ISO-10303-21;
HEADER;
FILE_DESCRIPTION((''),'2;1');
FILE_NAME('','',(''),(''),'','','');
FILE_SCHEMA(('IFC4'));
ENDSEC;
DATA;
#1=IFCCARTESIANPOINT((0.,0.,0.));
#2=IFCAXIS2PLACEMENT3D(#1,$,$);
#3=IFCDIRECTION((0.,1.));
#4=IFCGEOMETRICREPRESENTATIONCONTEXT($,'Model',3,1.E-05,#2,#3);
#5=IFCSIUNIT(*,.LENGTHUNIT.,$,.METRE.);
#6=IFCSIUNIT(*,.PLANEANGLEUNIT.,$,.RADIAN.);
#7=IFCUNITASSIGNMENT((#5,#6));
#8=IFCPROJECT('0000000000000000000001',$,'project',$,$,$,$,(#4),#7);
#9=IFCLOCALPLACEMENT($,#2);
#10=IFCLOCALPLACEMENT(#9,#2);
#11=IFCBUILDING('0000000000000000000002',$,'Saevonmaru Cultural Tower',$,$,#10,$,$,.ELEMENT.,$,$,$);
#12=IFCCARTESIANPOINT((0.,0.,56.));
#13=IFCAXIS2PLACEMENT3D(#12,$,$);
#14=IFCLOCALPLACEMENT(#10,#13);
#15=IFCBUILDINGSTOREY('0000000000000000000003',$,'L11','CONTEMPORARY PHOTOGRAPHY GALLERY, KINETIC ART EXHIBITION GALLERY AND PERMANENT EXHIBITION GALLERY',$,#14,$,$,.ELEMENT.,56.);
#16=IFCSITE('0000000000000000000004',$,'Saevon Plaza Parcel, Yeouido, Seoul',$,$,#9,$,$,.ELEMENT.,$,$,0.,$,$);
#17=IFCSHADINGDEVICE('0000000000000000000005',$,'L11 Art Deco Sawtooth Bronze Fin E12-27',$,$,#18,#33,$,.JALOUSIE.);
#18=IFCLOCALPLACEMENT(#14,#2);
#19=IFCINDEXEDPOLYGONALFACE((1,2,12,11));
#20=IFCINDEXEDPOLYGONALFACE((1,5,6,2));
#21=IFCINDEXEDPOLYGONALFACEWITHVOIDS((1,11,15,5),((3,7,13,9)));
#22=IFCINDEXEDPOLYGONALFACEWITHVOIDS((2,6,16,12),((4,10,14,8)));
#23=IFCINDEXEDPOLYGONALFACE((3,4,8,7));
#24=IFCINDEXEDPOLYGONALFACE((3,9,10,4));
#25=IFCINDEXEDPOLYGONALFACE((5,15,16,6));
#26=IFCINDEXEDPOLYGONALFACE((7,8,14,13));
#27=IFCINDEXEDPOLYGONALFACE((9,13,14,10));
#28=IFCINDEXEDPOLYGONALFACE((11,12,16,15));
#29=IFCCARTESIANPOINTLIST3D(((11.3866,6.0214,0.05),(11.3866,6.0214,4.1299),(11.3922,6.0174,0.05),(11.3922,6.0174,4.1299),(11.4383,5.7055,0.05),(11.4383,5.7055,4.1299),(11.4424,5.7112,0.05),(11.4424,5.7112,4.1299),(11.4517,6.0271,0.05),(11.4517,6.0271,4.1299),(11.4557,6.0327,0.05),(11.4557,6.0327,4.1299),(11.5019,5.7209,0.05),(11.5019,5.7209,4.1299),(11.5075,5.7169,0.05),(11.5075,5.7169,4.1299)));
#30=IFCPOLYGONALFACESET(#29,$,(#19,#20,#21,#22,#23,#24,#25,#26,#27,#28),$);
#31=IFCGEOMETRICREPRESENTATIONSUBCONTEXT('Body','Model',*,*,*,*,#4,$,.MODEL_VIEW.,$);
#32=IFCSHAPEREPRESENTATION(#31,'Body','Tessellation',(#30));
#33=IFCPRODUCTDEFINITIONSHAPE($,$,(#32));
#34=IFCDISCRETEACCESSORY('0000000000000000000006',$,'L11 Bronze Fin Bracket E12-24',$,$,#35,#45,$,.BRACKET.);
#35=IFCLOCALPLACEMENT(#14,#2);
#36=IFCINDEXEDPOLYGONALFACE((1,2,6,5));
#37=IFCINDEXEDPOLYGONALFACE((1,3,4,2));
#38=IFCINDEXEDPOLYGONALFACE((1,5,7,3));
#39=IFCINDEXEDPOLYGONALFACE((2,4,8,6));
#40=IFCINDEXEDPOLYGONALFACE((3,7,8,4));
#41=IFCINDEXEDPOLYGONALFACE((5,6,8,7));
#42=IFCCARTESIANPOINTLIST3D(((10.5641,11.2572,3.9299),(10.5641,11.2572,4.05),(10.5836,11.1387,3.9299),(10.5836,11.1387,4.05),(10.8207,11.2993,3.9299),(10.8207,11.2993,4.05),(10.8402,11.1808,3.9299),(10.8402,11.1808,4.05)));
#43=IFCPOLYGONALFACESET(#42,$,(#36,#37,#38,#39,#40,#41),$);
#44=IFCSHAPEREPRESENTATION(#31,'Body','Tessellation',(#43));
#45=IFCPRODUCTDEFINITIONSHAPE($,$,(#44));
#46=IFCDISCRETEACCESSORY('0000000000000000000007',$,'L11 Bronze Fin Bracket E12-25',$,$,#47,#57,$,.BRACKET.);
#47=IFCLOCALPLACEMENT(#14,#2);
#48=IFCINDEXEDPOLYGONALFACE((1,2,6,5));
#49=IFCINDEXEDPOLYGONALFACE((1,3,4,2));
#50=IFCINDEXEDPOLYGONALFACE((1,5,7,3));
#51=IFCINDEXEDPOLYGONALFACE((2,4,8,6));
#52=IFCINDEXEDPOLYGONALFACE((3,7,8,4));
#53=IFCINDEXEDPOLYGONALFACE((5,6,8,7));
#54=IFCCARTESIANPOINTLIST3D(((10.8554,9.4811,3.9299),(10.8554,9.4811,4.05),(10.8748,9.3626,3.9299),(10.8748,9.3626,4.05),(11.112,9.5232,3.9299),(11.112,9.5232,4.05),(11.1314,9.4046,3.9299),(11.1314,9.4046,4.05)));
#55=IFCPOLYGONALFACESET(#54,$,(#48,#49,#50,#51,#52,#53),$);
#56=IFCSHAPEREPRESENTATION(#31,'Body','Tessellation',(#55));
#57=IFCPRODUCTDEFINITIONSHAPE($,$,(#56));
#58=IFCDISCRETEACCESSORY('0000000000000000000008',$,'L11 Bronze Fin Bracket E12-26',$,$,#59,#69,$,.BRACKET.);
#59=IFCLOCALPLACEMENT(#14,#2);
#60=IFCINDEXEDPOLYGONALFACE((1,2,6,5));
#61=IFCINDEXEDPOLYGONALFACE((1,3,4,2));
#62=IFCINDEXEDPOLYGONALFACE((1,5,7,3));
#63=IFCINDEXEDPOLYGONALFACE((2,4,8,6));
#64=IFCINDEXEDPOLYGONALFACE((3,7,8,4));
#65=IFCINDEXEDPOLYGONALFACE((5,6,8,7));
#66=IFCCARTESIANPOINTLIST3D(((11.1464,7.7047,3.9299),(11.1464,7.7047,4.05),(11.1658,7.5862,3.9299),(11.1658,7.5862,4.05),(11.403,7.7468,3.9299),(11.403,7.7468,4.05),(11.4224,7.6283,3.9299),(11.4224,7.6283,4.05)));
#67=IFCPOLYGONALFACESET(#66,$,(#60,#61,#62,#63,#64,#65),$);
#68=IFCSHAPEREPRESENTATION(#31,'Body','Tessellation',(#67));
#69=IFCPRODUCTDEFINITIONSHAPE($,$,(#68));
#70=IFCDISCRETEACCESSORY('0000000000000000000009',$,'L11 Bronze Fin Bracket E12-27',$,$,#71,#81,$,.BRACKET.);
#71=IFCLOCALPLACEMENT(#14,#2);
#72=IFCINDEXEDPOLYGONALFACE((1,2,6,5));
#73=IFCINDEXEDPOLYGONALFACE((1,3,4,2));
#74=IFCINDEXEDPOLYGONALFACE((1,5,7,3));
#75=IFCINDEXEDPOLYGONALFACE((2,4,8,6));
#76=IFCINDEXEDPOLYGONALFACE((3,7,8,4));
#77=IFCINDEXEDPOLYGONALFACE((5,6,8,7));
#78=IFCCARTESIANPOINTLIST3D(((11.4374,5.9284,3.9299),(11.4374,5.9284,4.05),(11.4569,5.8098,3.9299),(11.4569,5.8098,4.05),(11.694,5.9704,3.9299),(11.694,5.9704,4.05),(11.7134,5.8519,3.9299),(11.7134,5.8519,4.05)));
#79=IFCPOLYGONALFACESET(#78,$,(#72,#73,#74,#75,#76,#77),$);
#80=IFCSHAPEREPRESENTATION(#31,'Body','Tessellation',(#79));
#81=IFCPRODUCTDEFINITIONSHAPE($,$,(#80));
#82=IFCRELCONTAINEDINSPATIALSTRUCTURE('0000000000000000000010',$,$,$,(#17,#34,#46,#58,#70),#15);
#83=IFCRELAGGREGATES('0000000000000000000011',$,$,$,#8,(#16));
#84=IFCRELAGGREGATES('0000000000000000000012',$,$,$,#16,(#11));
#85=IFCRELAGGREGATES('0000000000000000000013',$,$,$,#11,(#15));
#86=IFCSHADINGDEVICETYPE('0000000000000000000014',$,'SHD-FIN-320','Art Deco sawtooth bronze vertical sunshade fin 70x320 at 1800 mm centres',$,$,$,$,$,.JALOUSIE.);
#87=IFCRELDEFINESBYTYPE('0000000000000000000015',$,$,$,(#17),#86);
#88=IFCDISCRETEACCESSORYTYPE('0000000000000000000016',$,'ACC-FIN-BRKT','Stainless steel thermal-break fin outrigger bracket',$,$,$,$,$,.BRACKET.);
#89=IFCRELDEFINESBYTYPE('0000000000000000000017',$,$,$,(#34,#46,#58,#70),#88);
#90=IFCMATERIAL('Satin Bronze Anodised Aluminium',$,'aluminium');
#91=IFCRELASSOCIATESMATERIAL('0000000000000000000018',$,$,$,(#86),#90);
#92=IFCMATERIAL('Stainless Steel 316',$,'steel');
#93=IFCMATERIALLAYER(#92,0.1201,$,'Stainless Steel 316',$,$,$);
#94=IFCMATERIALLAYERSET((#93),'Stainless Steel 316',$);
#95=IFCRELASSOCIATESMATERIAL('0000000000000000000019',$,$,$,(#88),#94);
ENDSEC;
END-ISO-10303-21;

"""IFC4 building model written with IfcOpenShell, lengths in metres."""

from ifc_helpers import new_model, si_unit, direction, frame, origin, origin_2d, place, context, subcontext, project, spatial, rectangle, hollow_rectangle, extrude, material, layer, layer_set, material_profile, profile_set, type_object, element, save


model = new_model("IFC4")

# Units and contexts
model_context = context("Model", 3, precision=1e-05, world=origin(), true_north=direction((0.0, 1.0)))
body_context = subcontext(model_context, "Body", "Model", "MODEL_VIEW")
ifc_project = project(units=[si_unit("LENGTHUNIT", "METRE"), si_unit("PLANEANGLEUNIT", "RADIAN")], contexts=[model_context])

# Site, building, storey
site_placement = place(None, origin())
site = spatial("IfcSite", under=ifc_project, at=site_placement, Name="Saevon Plaza Parcel, Yeouido, Seoul", CompositionType="ELEMENT", RefElevation=0.0)
building_placement = place(site_placement, origin())
building = spatial("IfcBuilding", under=site, at=building_placement, Name="Saevonmaru Cultural Tower", CompositionType="ELEMENT")
storey_placement = place(building_placement, frame((0.0, 0.0, 56.0)))
storey = spatial("IfcBuildingStorey", under=building, at=storey_placement, Name="L11", Description="CONTEMPORARY PHOTOGRAPHY GALLERY, KINETIC ART EXHIBITION GALLERY AND PERMANENT EXHIBITION GALLERY", CompositionType="ELEMENT", Elevation=56.0)

# Shared definitions
ifc_material_1 = material(Name="Satin Bronze Anodised Aluminium", Category="aluminium")

# Shading device
ifc_material_profile_1 = material_profile(ifc_material_1, hollow_rectangle(XDim=0.0701, YDim=0.3201, WallThickness=0.0049, at=origin_2d()), Name="FIN-320x70")
ifc_profile_set_1 = profile_set([ifc_material_profile_1], Name="Satin Bronze Anodised Aluminium")
shading_device_type = type_object("IfcShadingDeviceType", Name="SHD-FIN-320", Description="Art Deco sawtooth bronze vertical sunshade fin 70x320 at 1800 mm centres", PredefinedType="JALOUSIE", material=ifc_profile_set_1)
for number, where, z_axis, x_axis, name in (
    (1, (11.447, 5.8691, 0.05), (0.0, 0.0, 1.0), (-0.986827, -0.161776, 0.0), "L11 Art Deco Sawtooth Bronze Fin E12-27"),
):
    element("IfcShadingDevice", number, at=place(storey_placement, frame(where, z_axis=z_axis, x_axis=x_axis)), inside=storey, type_object=shading_device_type, Name=name, PredefinedType="JALOUSIE", context=body_context, shape_type="SweptSolid", body=[
        extrude(hollow_rectangle(XDim=0.0701, YDim=0.3201, WallThickness=0.0049, at=origin_2d()), origin(), (0.0, 0.0, 1.0), 4.0798),
    ])

# Discrete accessories
ifc_material_2 = material(Name="Stainless Steel 316", Category="steel")
ifc_layer_1 = layer(ifc_material_2, 0.1201, Name="Stainless Steel 316")
ifc_layer_set_1 = layer_set([ifc_layer_1], Name="Stainless Steel 316")
discrete_accessory_type = type_object("IfcDiscreteAccessoryType", Name="ACC-FIN-BRKT", Description="Stainless steel thermal-break fin outrigger bracket", PredefinedType="BRACKET", material=ifc_layer_set_1)
for number, where, z_axis, x_axis, name in (
    (2, (10.7021, 11.219, 3.9299), (0.0, 0.0, 1.0), (-0.986827, -0.161776, 0.0), "L11 Bronze Fin Bracket E12-24"),
    (3, (10.9934, 9.4429, 3.9299), (0.0, 0.0, 1.0), (-0.986827, -0.161776, 0.0), "L11 Bronze Fin Bracket E12-25"),
    (4, (11.2844, 7.6665, 3.9299), (0.0, 0.0, 1.0), (-0.986827, -0.161776, 0.0), "L11 Bronze Fin Bracket E12-26"),
    (5, (11.5754, 5.8901, 3.9299), (0.0, 0.0, 1.0), (-0.986827, -0.161776, 0.0), "L11 Bronze Fin Bracket E12-27"),
):
    element("IfcDiscreteAccessory", number, at=place(storey_placement, frame(where, z_axis=z_axis, x_axis=x_axis)), inside=storey, type_object=discrete_accessory_type, Name=name, PredefinedType="BRACKET", context=body_context, shape_type="SweptSolid", body=[
        extrude(rectangle(XDim=0.26, YDim=0.1201, at=origin_2d()), origin(), (0.0, 0.0, 1.0), 0.1201),
    ])

save(model, "model.ifc")
